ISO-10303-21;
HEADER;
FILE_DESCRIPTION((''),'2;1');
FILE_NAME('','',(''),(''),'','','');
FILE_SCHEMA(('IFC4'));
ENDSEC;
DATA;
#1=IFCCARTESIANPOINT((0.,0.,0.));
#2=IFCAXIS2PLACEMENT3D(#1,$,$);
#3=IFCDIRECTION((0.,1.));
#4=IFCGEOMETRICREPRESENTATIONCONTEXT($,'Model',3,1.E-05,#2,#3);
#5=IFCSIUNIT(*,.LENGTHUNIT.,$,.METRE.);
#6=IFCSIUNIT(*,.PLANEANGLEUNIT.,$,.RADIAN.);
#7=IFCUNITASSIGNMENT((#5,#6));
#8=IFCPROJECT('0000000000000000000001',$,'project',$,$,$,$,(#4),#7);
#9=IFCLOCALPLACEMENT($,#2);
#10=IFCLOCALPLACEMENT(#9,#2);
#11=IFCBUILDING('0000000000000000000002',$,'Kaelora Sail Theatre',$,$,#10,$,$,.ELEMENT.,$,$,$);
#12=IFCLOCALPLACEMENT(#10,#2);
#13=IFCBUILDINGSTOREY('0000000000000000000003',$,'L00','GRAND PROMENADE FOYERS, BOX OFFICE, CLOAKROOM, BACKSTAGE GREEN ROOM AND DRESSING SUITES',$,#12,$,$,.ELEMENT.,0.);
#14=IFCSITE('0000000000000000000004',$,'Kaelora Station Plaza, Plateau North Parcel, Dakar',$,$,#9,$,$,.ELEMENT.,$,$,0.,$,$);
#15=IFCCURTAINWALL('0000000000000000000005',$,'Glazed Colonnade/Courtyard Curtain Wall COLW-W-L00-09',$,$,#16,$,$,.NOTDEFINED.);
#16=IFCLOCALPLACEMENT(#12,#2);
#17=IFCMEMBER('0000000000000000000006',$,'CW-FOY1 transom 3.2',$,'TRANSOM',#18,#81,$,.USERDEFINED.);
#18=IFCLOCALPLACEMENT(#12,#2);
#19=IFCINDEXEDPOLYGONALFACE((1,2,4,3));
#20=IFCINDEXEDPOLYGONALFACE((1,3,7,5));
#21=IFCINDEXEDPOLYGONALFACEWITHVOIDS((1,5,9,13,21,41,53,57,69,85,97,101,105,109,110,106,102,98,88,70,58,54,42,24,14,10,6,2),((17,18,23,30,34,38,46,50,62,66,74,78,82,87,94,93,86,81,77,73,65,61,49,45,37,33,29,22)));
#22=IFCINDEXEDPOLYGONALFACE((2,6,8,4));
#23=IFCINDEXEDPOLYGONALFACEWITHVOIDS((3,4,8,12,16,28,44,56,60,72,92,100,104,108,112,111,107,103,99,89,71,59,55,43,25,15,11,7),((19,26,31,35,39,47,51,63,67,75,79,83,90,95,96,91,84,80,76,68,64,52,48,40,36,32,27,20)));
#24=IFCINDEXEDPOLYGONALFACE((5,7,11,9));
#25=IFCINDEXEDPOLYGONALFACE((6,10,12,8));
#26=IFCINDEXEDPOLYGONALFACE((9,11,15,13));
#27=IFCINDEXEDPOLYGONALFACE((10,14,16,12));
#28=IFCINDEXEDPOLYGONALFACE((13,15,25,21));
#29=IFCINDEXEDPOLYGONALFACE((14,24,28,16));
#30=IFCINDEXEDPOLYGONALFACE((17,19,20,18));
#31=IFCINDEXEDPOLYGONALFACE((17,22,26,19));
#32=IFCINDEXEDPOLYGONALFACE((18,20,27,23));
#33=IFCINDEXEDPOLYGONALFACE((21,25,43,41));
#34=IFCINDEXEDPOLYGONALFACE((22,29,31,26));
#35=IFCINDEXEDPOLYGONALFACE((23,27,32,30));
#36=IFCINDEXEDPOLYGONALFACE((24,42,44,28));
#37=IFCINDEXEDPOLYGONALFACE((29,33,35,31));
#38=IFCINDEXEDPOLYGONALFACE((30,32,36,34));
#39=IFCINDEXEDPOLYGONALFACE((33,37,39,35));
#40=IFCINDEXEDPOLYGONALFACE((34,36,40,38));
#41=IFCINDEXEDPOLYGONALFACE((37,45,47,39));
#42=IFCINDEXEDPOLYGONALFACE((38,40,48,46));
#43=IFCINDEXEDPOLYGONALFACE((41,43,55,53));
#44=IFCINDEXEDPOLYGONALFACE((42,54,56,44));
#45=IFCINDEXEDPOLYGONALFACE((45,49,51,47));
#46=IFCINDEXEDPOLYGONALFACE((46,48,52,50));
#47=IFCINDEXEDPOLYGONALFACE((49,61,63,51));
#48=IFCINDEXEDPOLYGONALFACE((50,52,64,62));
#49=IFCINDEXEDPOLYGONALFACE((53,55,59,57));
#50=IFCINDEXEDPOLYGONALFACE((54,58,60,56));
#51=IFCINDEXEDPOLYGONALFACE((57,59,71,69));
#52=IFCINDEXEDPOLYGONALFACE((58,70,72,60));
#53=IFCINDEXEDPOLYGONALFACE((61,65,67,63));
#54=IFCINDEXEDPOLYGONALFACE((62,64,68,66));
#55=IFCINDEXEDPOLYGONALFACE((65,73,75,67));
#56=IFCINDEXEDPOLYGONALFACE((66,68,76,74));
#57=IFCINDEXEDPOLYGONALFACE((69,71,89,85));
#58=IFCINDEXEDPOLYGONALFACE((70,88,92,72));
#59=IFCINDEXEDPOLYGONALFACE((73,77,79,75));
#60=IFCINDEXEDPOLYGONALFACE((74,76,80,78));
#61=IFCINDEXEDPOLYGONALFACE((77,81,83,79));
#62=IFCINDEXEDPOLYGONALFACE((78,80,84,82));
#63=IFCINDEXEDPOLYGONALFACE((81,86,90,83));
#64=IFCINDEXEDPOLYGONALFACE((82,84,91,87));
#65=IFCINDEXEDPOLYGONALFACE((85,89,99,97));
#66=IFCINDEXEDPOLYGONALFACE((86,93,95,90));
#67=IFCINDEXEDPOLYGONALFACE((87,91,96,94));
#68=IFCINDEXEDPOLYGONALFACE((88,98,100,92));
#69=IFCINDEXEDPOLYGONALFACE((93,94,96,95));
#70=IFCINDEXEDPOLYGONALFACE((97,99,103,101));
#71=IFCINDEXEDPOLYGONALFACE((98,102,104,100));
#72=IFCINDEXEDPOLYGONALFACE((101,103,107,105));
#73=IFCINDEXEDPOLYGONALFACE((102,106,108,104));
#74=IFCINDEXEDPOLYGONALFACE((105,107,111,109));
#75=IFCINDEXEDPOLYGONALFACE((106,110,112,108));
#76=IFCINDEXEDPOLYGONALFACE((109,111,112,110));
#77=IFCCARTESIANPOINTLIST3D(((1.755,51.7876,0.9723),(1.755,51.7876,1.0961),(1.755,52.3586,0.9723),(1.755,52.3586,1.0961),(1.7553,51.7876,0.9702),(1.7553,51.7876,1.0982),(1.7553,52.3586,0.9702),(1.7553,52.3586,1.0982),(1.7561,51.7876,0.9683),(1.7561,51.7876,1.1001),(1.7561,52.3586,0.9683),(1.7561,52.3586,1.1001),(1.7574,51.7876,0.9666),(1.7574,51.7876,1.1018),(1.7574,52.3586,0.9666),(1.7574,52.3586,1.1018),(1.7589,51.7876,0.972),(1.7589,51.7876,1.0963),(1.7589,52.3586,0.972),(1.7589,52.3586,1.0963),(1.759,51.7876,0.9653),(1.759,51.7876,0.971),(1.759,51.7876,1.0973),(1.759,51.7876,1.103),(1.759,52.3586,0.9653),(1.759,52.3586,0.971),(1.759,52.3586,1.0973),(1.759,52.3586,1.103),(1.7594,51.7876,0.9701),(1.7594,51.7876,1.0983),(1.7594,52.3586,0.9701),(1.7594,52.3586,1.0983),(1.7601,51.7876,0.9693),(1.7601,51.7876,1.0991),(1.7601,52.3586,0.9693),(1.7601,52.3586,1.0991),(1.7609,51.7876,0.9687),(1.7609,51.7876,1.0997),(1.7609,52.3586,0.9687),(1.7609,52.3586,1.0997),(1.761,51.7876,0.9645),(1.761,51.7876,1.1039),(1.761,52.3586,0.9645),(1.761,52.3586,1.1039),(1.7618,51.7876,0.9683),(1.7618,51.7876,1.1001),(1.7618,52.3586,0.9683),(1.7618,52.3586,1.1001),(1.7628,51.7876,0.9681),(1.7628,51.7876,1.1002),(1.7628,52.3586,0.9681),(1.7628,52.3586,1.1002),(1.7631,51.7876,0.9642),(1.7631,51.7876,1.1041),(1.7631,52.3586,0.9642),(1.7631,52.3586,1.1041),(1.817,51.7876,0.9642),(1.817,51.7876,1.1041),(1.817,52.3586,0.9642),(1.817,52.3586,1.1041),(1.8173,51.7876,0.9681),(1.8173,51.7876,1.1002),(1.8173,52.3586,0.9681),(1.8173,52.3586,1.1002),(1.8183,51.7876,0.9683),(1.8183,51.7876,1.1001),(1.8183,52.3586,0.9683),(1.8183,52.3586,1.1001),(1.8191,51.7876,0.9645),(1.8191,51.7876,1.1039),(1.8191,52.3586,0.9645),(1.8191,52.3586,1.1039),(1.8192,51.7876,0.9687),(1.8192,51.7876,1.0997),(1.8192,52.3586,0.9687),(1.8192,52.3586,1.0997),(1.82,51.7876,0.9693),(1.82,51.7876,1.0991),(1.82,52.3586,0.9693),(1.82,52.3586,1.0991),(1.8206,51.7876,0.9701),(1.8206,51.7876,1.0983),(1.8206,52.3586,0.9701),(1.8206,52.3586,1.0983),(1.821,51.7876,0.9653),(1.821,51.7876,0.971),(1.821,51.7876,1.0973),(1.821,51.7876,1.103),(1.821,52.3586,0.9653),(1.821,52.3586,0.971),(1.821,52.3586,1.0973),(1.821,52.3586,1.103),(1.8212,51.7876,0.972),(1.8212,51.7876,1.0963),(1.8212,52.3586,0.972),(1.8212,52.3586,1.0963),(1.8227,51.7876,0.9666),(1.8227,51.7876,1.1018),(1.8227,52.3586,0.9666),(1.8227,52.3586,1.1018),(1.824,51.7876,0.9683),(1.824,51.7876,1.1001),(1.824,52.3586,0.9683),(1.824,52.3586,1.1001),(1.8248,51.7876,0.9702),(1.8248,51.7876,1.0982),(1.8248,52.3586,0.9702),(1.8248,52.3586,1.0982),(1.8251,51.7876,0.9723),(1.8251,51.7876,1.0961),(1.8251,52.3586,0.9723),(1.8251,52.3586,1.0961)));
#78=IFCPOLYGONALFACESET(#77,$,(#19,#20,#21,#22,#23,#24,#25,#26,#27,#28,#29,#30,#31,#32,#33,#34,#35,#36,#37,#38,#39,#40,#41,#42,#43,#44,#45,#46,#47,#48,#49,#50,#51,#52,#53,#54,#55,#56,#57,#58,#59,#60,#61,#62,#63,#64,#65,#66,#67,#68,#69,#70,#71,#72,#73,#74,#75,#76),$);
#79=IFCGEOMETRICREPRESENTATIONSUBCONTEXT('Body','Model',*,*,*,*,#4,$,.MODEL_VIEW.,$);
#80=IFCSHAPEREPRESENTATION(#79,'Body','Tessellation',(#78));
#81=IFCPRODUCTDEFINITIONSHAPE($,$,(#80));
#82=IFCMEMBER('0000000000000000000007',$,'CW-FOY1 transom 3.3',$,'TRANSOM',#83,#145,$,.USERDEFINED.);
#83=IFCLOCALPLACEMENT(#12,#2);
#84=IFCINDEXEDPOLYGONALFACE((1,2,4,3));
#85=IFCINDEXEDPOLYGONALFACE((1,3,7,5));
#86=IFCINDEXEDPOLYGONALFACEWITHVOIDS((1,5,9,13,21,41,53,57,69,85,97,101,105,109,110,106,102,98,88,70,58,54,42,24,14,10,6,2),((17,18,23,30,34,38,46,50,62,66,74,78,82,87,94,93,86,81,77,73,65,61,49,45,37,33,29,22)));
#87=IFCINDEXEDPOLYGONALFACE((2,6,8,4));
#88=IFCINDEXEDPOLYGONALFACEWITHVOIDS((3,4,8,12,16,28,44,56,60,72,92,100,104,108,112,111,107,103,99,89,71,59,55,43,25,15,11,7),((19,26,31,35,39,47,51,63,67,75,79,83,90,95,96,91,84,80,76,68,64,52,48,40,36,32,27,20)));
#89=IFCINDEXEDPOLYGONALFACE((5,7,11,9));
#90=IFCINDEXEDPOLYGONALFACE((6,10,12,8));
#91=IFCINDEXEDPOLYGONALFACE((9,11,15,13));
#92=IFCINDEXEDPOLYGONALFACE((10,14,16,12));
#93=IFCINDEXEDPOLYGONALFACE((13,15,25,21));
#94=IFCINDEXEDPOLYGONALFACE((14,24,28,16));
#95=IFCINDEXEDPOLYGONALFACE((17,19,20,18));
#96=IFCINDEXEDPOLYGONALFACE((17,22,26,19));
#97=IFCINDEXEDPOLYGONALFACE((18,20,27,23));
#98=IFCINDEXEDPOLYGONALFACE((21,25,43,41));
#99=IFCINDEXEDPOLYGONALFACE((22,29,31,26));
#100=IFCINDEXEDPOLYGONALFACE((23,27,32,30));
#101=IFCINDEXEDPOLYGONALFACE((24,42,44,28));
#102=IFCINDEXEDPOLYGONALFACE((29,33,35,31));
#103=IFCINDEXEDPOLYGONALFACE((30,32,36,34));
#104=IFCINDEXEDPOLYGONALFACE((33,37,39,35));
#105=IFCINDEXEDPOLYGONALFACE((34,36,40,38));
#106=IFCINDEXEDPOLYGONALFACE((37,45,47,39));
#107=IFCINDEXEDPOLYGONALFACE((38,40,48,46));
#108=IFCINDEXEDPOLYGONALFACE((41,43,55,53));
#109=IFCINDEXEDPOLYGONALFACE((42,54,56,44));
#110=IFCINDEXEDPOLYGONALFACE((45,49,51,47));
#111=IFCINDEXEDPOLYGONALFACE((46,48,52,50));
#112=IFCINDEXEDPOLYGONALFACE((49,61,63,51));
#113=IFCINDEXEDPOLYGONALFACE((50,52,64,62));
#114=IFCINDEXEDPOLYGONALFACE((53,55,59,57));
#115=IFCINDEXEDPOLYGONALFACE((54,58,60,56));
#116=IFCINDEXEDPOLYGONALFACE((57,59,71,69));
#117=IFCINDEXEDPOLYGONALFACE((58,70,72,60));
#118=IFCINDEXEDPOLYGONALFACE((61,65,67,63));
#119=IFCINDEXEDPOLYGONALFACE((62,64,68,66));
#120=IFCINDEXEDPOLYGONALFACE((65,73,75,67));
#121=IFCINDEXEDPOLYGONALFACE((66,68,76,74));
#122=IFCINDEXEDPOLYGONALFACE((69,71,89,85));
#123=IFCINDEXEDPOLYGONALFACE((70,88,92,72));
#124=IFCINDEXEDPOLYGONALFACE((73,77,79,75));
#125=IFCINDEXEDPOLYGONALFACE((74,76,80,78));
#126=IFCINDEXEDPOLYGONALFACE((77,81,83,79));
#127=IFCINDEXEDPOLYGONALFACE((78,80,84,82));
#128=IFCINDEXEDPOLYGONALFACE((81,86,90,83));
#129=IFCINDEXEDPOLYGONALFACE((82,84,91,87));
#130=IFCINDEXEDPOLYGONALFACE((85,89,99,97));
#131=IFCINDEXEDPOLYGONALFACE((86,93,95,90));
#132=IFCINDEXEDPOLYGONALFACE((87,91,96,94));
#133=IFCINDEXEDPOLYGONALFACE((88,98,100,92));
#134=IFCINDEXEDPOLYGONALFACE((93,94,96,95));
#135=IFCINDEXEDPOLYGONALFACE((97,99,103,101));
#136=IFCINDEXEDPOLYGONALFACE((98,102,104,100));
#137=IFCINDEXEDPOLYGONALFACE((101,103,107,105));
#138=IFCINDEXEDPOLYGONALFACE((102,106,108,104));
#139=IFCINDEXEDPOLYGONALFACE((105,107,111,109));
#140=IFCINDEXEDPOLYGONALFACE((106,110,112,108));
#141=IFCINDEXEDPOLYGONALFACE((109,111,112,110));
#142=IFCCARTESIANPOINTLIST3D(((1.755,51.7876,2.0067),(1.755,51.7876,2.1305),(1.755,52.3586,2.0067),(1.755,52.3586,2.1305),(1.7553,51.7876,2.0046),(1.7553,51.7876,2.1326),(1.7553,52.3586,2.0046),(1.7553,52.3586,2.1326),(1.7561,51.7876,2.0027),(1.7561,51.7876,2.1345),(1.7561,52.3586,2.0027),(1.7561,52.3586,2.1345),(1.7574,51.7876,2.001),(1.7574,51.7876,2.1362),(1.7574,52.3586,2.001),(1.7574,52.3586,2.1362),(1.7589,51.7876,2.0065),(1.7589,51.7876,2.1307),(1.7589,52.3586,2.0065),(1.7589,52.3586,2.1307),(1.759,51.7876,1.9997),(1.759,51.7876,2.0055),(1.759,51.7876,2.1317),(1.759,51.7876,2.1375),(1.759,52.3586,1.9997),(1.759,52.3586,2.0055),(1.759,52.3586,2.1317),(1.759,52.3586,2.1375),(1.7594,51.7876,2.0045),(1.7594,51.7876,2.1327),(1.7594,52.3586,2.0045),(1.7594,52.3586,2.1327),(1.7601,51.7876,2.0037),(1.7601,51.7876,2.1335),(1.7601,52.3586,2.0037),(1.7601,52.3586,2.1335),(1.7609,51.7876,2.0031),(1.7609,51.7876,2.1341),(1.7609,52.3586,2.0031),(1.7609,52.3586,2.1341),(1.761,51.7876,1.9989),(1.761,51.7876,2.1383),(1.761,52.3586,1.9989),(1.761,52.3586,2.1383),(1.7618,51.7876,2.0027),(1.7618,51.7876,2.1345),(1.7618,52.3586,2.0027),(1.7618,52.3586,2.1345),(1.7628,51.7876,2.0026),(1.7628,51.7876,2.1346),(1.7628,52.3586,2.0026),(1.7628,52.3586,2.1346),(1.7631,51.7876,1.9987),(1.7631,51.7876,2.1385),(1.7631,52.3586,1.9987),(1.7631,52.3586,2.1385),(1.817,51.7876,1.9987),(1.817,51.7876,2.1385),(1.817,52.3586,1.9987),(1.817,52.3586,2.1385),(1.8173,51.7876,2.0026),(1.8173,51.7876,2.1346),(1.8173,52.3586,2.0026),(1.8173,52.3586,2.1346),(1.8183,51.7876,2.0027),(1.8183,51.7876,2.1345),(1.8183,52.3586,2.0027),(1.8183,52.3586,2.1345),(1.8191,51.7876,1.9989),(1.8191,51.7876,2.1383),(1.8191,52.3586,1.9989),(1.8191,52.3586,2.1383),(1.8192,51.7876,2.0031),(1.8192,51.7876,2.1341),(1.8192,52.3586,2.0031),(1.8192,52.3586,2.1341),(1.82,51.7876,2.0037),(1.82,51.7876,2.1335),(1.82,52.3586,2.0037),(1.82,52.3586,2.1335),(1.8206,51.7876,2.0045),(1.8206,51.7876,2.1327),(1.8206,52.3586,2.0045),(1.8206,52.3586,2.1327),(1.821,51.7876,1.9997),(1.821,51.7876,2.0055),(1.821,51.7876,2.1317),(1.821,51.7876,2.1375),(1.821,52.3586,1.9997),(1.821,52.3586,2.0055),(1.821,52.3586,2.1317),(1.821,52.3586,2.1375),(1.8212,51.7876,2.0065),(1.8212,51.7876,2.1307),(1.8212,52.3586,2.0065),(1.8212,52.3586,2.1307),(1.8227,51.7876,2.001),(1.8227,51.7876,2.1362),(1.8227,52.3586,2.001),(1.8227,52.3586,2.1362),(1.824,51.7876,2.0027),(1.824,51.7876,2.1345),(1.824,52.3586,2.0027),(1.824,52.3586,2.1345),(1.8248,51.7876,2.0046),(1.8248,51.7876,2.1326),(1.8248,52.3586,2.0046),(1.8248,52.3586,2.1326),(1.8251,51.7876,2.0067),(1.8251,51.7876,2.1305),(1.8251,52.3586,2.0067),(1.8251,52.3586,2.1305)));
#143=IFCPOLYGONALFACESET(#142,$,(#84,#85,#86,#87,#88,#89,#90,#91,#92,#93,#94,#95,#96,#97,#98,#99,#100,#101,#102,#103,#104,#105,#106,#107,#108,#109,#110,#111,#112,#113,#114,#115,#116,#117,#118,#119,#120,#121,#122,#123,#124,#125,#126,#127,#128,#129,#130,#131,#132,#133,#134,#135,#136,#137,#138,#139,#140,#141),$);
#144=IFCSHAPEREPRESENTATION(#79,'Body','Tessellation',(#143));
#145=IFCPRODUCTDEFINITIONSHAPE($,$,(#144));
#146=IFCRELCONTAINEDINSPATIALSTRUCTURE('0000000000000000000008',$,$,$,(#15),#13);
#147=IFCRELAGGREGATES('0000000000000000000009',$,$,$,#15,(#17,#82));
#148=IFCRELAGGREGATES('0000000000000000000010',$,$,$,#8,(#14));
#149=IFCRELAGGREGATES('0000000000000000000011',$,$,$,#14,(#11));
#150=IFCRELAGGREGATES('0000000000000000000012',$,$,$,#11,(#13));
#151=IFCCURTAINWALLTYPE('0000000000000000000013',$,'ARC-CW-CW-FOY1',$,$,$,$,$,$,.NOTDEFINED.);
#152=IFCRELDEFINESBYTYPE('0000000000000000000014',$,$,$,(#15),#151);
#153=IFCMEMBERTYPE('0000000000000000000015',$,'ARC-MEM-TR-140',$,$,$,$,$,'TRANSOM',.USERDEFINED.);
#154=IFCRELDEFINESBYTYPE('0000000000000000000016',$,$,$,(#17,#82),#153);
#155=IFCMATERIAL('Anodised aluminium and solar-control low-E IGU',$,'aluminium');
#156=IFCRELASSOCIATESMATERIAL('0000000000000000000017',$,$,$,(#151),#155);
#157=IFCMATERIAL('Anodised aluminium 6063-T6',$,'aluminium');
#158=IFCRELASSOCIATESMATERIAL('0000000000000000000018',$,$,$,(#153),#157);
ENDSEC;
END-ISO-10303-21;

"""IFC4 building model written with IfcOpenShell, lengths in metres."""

from ifc_helpers import new_model, si_unit, direction, frame, origin, origin_2d, place, context, subcontext, project, spatial, hollow_rectangle, extrude, material, material_profile, profile_set, type_object, element, aggregate, save


model = new_model("IFC4")

# Units and contexts
model_context = context("Model", 3, precision=1e-05, world=origin(), true_north=direction((0.0, 1.0)))
body_context = subcontext(model_context, "Body", "Model", "MODEL_VIEW")
ifc_project = project(units=[si_unit("LENGTHUNIT", "METRE"), si_unit("PLANEANGLEUNIT", "RADIAN")], contexts=[model_context])

# Site, building, storey
site_placement = place(None, origin())
site = spatial("IfcSite", under=ifc_project, at=site_placement, Name="Kaelora Station Plaza, Plateau North Parcel, Dakar", CompositionType="ELEMENT", RefElevation=0.0)
building_placement = place(site_placement, origin())
building = spatial("IfcBuilding", under=site, at=building_placement, Name="Kaelora Sail Theatre", CompositionType="ELEMENT")
storey_placement = place(building_placement, origin())
storey = spatial("IfcBuildingStorey", under=building, at=storey_placement, Name="L00", Description="GRAND PROMENADE FOYERS, BOX OFFICE, CLOAKROOM, BACKSTAGE GREEN ROOM AND DRESSING SUITES", CompositionType="ELEMENT", Elevation=0.0)

# Curtain wall, members
ifc_material_1 = material(Name="Anodised aluminium and solar-control low-E IGU", Category="aluminium")
curtain_wall_type = type_object("IfcCurtainWallType", Name="ARC-CW-CW-FOY1", PredefinedType="NOTDEFINED", material=ifc_material_1)
curtain_wall_placement = place(storey_placement, origin())
curtain_wall = element("IfcCurtainWall", 1, at=curtain_wall_placement, inside=storey, type_object=curtain_wall_type, Name="Glazed Colonnade/Courtyard Curtain Wall COLW-W-L00-09", PredefinedType="NOTDEFINED")
ifc_material_2 = material(Name="Anodised aluminium 6063-T6", Category="aluminium")
ifc_material_profile_1 = material_profile(ifc_material_2, hollow_rectangle(XDim=0.0701, YDim=0.1399, WallThickness=0.0039, InnerFilletRadius=0.0039, OuterFilletRadius=0.0081, at=origin_2d()), Name="ALU-TRAN 70x140x4")
ifc_profile_set_1 = profile_set([ifc_material_profile_1], Name="Anodised aluminium 6063-T6")
member_type_1 = type_object("IfcMemberType", Name="ARC-MEM-TR-140", ElementType="TRANSOM", PredefinedType="USERDEFINED", material=ifc_profile_set_1)
member_1_placement = place(storey_placement, frame((1.79, 51.7876, 1.0342), z_axis=(0.0, 1.0, 0.0), x_axis=(-1.0, 0.0, 0.0)))
member_1 = element("IfcMember", 2, at=member_1_placement, type_object=member_type_1, Name="CW-FOY1 transom 3.2", ObjectType="TRANSOM", PredefinedType="USERDEFINED", context=body_context, shape_type="SweptSolid", body=[
    extrude(hollow_rectangle(XDim=0.0701, YDim=0.1399, WallThickness=0.0039, InnerFilletRadius=0.0039, OuterFilletRadius=0.0081, at=origin_2d()), origin(), (0.0, 0.0, 1.0), 0.571),
])
member_2_placement = place(storey_placement, frame((1.79, 51.7876, 2.0686), z_axis=(0.0, 1.0, 0.0), x_axis=(-1.0, 0.0, 0.0)))
member_2 = element("IfcMember", 3, at=member_2_placement, type_object=member_type_1, Name="CW-FOY1 transom 3.3", ObjectType="TRANSOM", PredefinedType="USERDEFINED", context=body_context, shape_type="SweptSolid", body=[
    extrude(hollow_rectangle(XDim=0.0701, YDim=0.1399, WallThickness=0.0039, InnerFilletRadius=0.0039, OuterFilletRadius=0.0081, at=origin_2d()), origin(), (0.0, 0.0, 1.0), 0.571),
])
aggregate(curtain_wall, [member_1, member_2])

save(model, "model.ifc")
